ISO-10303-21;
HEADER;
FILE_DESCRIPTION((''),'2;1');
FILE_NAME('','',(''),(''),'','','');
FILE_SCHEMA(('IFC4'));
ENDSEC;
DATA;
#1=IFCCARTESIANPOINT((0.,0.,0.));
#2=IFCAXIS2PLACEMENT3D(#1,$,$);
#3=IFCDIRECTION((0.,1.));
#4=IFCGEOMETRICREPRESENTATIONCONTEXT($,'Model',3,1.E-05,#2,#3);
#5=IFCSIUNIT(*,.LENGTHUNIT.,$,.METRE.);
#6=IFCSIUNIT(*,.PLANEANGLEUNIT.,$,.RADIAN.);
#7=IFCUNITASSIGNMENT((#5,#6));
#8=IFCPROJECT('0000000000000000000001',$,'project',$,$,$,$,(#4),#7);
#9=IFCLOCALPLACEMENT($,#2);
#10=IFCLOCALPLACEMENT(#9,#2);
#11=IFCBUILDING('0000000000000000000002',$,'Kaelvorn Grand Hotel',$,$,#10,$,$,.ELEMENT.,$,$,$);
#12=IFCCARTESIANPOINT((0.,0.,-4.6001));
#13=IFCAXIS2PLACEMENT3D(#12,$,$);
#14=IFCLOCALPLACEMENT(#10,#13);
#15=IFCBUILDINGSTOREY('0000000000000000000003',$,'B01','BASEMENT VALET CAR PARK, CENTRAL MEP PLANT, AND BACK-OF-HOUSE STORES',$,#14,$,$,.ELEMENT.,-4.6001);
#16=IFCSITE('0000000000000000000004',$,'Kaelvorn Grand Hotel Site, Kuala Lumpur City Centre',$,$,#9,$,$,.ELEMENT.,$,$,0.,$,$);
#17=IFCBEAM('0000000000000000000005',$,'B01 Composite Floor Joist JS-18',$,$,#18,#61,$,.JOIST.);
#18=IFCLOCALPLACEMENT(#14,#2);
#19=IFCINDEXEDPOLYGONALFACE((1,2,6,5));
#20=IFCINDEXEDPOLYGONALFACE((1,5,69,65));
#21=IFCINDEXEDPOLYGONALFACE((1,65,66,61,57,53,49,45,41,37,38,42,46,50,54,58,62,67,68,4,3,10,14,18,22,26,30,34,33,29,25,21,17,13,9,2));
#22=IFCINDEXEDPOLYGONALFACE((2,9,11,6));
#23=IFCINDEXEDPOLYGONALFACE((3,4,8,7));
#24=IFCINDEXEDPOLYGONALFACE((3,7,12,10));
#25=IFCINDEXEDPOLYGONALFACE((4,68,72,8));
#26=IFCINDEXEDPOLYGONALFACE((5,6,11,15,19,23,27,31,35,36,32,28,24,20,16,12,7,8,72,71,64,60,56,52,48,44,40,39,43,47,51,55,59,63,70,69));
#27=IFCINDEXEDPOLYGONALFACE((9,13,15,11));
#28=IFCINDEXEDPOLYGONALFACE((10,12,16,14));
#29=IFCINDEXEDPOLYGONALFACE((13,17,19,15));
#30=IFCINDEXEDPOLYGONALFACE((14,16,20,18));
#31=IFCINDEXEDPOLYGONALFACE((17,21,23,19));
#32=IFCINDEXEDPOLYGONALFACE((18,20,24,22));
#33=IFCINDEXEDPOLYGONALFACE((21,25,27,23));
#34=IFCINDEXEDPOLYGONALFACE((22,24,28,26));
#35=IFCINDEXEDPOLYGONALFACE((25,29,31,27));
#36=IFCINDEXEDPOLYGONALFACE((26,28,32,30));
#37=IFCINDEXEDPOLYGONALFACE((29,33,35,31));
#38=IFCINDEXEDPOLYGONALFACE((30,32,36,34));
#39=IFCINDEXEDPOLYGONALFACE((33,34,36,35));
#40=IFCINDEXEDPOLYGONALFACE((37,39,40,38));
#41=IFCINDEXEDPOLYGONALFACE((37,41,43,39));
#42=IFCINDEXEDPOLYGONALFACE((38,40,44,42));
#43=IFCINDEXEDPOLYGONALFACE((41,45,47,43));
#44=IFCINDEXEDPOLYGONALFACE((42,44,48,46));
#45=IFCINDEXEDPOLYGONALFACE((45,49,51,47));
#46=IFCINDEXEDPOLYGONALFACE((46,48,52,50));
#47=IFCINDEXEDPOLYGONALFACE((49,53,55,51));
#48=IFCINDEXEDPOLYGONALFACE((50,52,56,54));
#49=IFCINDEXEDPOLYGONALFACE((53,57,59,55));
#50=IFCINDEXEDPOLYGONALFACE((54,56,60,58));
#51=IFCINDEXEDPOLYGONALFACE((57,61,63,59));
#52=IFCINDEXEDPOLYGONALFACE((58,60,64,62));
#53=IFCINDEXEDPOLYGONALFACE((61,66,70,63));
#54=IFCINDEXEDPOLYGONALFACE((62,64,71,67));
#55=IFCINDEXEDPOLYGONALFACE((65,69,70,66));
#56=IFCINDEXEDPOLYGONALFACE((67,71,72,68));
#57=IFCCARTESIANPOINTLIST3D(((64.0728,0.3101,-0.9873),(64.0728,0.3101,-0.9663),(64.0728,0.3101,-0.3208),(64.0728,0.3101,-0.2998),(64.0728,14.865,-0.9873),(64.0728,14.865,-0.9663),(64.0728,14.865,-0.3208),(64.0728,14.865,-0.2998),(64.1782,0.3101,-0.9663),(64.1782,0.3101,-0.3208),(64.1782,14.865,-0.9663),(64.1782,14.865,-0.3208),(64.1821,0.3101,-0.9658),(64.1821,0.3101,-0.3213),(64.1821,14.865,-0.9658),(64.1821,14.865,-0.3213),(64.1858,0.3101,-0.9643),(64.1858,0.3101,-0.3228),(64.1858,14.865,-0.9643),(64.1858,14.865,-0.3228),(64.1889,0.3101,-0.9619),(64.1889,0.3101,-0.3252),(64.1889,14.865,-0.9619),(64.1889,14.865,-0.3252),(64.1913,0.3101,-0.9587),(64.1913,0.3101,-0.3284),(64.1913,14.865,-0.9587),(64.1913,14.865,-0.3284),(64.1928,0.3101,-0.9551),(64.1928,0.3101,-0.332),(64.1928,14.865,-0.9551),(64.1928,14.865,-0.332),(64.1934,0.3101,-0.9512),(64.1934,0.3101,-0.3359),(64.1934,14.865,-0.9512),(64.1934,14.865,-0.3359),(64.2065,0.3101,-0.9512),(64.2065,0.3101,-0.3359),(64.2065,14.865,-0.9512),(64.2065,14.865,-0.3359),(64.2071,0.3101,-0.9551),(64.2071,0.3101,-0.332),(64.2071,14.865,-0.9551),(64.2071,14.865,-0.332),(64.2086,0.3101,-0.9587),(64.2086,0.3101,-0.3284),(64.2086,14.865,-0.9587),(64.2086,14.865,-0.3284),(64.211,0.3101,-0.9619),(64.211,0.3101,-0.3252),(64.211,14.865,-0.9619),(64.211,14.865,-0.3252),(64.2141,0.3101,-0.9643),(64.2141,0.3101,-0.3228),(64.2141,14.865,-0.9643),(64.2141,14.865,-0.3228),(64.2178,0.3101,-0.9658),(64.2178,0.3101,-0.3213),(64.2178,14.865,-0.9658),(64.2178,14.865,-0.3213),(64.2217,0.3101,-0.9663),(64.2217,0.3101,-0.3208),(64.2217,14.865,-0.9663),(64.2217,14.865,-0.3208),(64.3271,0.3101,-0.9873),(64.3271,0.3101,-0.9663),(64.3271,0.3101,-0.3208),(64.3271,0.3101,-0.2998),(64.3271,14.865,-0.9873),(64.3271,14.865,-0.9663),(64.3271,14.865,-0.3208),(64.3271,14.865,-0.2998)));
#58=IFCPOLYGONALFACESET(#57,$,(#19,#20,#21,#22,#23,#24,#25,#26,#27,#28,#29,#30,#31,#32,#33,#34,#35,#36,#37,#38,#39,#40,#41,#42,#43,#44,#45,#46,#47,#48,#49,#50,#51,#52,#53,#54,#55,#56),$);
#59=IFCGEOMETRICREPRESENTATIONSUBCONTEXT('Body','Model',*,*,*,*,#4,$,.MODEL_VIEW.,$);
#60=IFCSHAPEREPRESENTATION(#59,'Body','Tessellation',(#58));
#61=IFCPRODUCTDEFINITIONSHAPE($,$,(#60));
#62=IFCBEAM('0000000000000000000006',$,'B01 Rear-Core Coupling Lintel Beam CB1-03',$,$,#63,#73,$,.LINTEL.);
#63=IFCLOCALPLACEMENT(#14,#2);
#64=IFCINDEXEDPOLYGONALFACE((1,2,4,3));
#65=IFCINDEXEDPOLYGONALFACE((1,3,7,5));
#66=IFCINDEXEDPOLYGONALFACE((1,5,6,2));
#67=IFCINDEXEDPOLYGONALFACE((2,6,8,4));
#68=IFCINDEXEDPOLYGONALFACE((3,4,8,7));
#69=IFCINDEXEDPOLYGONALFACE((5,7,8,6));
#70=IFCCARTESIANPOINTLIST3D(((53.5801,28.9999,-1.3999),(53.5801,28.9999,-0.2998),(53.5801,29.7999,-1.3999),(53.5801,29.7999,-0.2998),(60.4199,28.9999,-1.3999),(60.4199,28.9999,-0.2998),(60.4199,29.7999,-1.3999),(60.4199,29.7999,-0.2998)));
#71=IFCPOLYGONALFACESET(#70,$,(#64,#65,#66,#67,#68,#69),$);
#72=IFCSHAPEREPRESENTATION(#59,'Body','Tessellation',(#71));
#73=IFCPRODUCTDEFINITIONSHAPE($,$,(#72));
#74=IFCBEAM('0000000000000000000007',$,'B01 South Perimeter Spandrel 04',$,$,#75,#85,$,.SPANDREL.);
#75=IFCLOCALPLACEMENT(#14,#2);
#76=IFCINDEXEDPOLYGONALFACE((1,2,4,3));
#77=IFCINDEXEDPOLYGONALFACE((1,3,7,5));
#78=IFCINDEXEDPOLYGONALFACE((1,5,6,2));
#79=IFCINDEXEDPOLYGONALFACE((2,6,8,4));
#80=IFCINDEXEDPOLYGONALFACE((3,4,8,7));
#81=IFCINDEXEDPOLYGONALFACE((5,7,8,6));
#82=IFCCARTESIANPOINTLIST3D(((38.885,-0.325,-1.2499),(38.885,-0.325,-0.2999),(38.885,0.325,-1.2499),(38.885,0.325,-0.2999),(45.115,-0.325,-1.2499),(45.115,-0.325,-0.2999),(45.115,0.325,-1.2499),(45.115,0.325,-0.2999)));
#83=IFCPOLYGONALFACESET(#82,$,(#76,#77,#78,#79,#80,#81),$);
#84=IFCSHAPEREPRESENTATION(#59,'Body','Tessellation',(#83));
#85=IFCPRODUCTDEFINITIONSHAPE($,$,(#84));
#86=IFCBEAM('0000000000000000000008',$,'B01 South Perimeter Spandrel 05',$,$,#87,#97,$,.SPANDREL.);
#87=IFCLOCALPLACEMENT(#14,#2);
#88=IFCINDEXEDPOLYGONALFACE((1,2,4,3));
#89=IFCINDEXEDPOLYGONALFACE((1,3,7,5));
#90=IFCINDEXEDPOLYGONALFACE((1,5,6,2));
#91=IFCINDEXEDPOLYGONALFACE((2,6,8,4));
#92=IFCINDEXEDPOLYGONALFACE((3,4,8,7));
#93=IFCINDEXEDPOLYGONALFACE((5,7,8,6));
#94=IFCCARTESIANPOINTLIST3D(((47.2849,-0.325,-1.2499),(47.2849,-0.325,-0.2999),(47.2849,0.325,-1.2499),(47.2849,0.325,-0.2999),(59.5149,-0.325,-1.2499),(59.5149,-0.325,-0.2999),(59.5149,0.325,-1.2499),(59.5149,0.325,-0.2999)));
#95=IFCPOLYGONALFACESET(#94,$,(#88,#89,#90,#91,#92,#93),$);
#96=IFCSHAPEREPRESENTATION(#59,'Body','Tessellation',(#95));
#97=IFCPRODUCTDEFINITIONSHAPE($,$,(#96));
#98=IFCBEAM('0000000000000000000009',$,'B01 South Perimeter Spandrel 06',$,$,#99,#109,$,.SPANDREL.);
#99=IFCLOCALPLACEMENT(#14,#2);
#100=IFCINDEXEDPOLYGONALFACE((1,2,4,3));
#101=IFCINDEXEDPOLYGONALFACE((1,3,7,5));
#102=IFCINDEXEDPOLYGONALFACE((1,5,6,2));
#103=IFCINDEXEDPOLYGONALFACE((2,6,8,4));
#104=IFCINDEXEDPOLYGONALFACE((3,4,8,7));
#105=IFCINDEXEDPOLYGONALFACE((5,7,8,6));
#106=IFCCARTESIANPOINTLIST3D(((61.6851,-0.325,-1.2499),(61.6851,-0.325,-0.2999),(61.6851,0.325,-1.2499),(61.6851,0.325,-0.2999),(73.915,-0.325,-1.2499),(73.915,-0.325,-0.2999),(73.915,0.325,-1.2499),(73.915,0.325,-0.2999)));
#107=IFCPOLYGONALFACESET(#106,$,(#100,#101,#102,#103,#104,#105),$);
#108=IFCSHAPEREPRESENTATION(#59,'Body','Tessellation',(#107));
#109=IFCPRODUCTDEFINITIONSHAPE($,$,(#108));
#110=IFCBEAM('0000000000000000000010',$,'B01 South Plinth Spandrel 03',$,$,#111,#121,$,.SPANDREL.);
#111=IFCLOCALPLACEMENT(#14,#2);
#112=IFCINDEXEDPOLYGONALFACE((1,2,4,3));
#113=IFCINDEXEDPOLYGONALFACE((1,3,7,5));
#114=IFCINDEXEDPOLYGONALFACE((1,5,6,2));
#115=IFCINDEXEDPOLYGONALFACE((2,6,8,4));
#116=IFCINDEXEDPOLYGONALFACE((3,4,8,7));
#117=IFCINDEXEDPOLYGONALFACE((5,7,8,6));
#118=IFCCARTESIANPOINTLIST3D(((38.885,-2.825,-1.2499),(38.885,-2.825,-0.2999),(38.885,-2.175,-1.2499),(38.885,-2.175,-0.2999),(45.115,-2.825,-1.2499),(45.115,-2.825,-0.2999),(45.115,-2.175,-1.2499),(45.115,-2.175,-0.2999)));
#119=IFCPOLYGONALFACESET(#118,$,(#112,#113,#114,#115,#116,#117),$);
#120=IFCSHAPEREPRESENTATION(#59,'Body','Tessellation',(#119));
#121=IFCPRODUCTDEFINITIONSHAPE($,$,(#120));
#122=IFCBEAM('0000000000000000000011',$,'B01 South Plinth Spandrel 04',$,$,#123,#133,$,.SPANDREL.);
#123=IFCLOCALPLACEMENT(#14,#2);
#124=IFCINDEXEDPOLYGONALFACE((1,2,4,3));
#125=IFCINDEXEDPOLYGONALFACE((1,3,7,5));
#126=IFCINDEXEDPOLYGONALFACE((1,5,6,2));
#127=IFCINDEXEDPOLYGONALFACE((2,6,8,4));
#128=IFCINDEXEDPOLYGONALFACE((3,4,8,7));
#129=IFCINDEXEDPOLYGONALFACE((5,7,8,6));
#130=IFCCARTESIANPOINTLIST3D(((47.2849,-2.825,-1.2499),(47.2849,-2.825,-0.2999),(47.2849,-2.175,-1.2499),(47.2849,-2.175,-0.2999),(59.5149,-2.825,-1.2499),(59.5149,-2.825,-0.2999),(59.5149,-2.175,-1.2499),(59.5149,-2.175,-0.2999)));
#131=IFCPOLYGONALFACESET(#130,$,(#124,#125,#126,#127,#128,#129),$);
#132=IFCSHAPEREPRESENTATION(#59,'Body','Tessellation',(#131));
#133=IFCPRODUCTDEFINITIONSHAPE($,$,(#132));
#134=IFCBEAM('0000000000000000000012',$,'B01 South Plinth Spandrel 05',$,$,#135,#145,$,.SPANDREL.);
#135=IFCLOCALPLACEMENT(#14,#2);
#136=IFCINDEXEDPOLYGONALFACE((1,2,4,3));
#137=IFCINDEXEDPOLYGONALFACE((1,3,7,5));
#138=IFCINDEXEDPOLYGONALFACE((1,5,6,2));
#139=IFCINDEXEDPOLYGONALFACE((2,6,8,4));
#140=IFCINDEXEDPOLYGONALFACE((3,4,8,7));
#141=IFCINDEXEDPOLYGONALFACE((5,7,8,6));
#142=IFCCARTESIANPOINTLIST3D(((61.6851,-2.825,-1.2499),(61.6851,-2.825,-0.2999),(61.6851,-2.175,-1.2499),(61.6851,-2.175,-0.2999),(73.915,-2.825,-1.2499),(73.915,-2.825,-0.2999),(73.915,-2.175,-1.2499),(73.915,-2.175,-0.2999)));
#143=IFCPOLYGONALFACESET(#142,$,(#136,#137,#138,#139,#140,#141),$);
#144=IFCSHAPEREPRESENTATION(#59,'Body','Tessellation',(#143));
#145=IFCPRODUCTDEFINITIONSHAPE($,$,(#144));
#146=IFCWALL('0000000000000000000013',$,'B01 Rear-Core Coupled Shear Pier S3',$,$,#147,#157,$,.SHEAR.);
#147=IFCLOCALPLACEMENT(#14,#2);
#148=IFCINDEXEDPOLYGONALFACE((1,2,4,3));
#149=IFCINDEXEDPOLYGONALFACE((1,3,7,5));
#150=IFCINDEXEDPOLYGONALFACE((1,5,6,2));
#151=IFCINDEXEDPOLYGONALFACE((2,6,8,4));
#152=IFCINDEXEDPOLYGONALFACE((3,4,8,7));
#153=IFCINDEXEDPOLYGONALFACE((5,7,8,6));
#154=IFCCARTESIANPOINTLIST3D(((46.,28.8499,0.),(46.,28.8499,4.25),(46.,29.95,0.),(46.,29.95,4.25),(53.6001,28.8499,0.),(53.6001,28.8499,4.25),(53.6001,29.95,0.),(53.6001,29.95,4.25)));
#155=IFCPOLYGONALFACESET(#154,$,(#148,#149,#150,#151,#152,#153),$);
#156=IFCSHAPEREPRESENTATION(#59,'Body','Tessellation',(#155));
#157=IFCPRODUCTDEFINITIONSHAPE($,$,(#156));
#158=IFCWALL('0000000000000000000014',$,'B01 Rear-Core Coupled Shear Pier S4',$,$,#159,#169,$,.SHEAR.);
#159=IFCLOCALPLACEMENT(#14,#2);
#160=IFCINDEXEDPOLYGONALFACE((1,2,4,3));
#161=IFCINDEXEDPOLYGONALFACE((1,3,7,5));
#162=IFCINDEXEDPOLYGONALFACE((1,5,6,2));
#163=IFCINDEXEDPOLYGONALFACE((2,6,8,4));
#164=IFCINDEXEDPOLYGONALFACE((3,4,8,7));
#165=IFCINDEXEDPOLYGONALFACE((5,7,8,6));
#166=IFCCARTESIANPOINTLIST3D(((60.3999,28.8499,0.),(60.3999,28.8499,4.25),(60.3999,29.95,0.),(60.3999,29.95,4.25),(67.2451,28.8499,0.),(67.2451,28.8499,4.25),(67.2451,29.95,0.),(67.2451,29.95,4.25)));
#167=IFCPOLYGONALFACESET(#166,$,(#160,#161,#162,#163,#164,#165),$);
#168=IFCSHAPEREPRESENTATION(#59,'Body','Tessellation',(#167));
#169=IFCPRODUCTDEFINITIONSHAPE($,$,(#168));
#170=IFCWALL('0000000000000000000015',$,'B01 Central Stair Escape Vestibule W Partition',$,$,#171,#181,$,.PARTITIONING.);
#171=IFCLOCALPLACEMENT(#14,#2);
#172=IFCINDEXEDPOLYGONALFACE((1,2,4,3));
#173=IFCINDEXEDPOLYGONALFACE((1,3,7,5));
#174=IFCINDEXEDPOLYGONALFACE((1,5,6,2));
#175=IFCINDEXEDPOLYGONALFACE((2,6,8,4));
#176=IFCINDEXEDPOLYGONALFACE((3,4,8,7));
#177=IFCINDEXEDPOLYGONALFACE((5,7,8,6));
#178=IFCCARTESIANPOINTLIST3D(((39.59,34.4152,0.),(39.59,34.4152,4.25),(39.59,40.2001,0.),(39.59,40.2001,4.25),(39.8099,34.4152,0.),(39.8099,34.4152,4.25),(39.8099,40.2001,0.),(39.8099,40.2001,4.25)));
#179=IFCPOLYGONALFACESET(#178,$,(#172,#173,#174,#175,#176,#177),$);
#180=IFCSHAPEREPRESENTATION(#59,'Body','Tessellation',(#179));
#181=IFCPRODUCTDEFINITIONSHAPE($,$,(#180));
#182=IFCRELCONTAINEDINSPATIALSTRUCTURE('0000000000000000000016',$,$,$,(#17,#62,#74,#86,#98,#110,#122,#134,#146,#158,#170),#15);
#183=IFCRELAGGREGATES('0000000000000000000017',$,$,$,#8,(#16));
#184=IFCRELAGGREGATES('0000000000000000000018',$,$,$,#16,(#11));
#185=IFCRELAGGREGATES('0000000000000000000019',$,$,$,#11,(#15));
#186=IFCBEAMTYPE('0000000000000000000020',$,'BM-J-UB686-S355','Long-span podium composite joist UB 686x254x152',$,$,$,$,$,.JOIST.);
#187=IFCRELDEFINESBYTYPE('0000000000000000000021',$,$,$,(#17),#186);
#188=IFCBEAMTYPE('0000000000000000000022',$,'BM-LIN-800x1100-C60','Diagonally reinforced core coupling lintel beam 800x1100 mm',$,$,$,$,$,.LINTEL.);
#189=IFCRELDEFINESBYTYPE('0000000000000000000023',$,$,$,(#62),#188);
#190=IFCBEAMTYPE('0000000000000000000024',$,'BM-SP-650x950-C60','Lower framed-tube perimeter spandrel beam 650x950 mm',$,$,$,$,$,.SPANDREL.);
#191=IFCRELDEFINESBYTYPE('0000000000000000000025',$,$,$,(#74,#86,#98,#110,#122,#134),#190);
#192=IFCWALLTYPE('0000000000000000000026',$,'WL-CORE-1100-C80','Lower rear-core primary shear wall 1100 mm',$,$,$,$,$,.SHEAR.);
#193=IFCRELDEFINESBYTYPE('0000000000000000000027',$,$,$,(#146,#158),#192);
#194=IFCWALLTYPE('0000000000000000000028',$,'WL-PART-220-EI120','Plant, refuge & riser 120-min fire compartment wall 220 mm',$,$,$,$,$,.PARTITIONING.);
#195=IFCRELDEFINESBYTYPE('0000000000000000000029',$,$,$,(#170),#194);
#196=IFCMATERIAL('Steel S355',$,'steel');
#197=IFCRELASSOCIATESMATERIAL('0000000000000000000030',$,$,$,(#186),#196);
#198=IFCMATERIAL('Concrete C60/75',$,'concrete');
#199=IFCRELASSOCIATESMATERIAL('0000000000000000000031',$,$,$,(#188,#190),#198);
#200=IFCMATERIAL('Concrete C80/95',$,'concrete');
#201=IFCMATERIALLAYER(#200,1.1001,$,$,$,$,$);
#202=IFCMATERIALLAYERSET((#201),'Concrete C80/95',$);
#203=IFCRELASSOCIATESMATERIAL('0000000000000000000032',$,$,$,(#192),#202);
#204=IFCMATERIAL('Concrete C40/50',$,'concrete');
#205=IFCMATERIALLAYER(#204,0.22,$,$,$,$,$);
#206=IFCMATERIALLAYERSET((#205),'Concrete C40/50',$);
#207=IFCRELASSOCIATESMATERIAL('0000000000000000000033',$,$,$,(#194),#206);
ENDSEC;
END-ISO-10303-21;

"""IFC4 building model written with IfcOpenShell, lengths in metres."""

from ifc_helpers import new_model, si_unit, direction, frame, frame_2d, origin, origin_2d, place, context, subcontext, project, spatial, rectangle, i_section, extrude, material, layer, layer_set, material_profile, profile_set, type_object, element, save


model = new_model("IFC4")

# Units and contexts
model_context = context("Model", 3, precision=1e-05, world=origin(), true_north=direction((0.0, 1.0)))
body_context = subcontext(model_context, "Body", "Model", "MODEL_VIEW")
ifc_project = project(units=[si_unit("LENGTHUNIT", "METRE"), si_unit("PLANEANGLEUNIT", "RADIAN")], contexts=[model_context])

# Site, building, storey
site_placement = place(None, origin())
site = spatial("IfcSite", under=ifc_project, at=site_placement, Name="Kaelvorn Grand Hotel Site, Kuala Lumpur City Centre", CompositionType="ELEMENT", RefElevation=0.0)
building_placement = place(site_placement, origin())
building = spatial("IfcBuilding", under=site, at=building_placement, Name="Kaelvorn Grand Hotel", CompositionType="ELEMENT")
storey_placement = place(building_placement, frame((0.0, 0.0, -4.6001)))
storey = spatial("IfcBuildingStorey", under=building, at=storey_placement, Name="B01", Description="BASEMENT VALET CAR PARK, CENTRAL MEP PLANT, AND BACK-OF-HOUSE STORES", CompositionType="ELEMENT", Elevation=-4.6001)

# Shared definitions
ifc_material_1 = material(Name="Concrete C80/95", Category="concrete")

# Beams
ifc_material_2 = material(Name="Steel S355", Category="steel")
ifc_material_profile_1 = material_profile(ifc_material_2, i_section(OverallWidth=0.2544, OverallDepth=0.6875, WebThickness=0.0132, FlangeThickness=0.021, FilletRadius=0.0151, at=origin_2d()), Name="UB 686x254x152")
ifc_profile_set_1 = profile_set([ifc_material_profile_1], Name="Steel S355")
beam_type_1 = type_object("IfcBeamType", Name="BM-J-UB686-S355", Description="Long-span podium composite joist UB 686x254x152", PredefinedType="JOIST", material=ifc_profile_set_1)
beam_1_placement = place(storey_placement, frame((64.2, 0.3101, -0.6436), z_axis=(0.0, 1.0, 0.0), x_axis=(-1.0, 0.0, 0.0)))
element("IfcBeam", 1, at=beam_1_placement, inside=storey, type_object=beam_type_1, Name="B01 Composite Floor Joist JS-18", PredefinedType="JOIST", context=body_context, shape_type="SweptSolid", body=[
    extrude(i_section(OverallWidth=0.2544, OverallDepth=0.6875, WebThickness=0.0132, FlangeThickness=0.021, FilletRadius=0.0151, at=origin_2d()), origin(), (0.0, 0.0, 1.0), 14.5549),
])
ifc_material_3 = material(Name="Concrete C60/75", Category="concrete")
ifc_material_profile_2 = material_profile(ifc_material_3, rectangle(XDim=0.8, YDim=1.1001, at=origin_2d()), Name="RC LINTEL 800x1100")
ifc_profile_set_2 = profile_set([ifc_material_profile_2], Name="Concrete C60/75")
beam_type_2 = type_object("IfcBeamType", Name="BM-LIN-800x1100-C60", Description="Diagonally reinforced core coupling lintel beam 800x1100 mm", PredefinedType="LINTEL", material=ifc_profile_set_2)
beam_2_placement = place(storey_placement, frame((53.5801, 29.3999, -0.8499), z_axis=(1.0, 0.0, 0.0), x_axis=(0.0, 1.0, 0.0)))
element("IfcBeam", 2, at=beam_2_placement, inside=storey, type_object=beam_type_2, Name="B01 Rear-Core Coupling Lintel Beam CB1-03", PredefinedType="LINTEL", context=body_context, shape_type="SweptSolid", body=[
    extrude(rectangle(XDim=0.8, YDim=1.1001, at=origin_2d()), origin(), (0.0, 0.0, 1.0), 6.8398),
])
ifc_material_profile_3 = material_profile(ifc_material_3, rectangle(XDim=0.6499, YDim=0.95, at=origin_2d()), Name="RC SPANDREL 650x950")
ifc_profile_set_3 = profile_set([ifc_material_profile_3], Name="Concrete C60/75")
beam_type_3 = type_object("IfcBeamType", Name="BM-SP-650x950-C60", Description="Lower framed-tube perimeter spandrel beam 650x950 mm", PredefinedType="SPANDREL", material=ifc_profile_set_3)
beam_3_placement = place(storey_placement, frame((38.885, 0.0, -0.7749), z_axis=(1.0, 0.0, 0.0), x_axis=(0.0, 1.0, 0.0)))
element("IfcBeam", 3, at=beam_3_placement, inside=storey, type_object=beam_type_3, Name="B01 South Perimeter Spandrel 04", PredefinedType="SPANDREL", context=body_context, shape_type="SweptSolid", body=[
    extrude(rectangle(XDim=0.6499, YDim=0.95, at=origin_2d()), origin(), (0.0, 0.0, 1.0), 6.23),
])
for number, where, z_axis, x_axis, name in (
    (4, (47.2849, 0.0, -0.7749), (1.0, 0.0, 0.0), (0.0, 1.0, 0.0), "B01 South Perimeter Spandrel 05"),
    (5, (61.6851, 0.0, -0.7749), (1.0, 0.0, 0.0), (0.0, 1.0, 0.0), "B01 South Perimeter Spandrel 06"),
):
    element("IfcBeam", number, at=place(storey_placement, frame(where, z_axis=z_axis, x_axis=x_axis)), inside=storey, type_object=beam_type_3, Name=name, PredefinedType="SPANDREL", context=body_context, shape_type="SweptSolid", body=[
        extrude(rectangle(XDim=0.6499, YDim=0.95, at=origin_2d()), origin(), (0.0, 0.0, 1.0), 12.23),
    ])
beam_4_placement = place(storey_placement, frame((38.885, -2.5, -0.7749), z_axis=(1.0, 0.0, 0.0), x_axis=(0.0, 1.0, 0.0)))
element("IfcBeam", 6, at=beam_4_placement, inside=storey, type_object=beam_type_3, Name="B01 South Plinth Spandrel 03", PredefinedType="SPANDREL", context=body_context, shape_type="SweptSolid", body=[
    extrude(rectangle(XDim=0.6499, YDim=0.95, at=origin_2d()), origin(), (0.0, 0.0, 1.0), 6.23),
])
for number, where, z_axis, x_axis, name in (
    (7, (47.2849, -2.5, -0.7749), (1.0, 0.0, 0.0), (0.0, 1.0, 0.0), "B01 South Plinth Spandrel 04"),
    (8, (61.6851, -2.5, -0.7749), (1.0, 0.0, 0.0), (0.0, 1.0, 0.0), "B01 South Plinth Spandrel 05"),
):
    element("IfcBeam", number, at=place(storey_placement, frame(where, z_axis=z_axis, x_axis=x_axis)), inside=storey, type_object=beam_type_3, Name=name, PredefinedType="SPANDREL", context=body_context, shape_type="SweptSolid", body=[
        extrude(rectangle(XDim=0.6499, YDim=0.95, at=origin_2d()), origin(), (0.0, 0.0, 1.0), 12.23),
    ])

# Walls
ifc_layer_1 = layer(ifc_material_1, 1.1001)
ifc_layer_set_1 = layer_set([ifc_layer_1], Name="Concrete C80/95")
wall_type_1 = type_object("IfcWallType", Name="WL-CORE-1100-C80", Description="Lower rear-core primary shear wall 1100 mm", PredefinedType="SHEAR", material=ifc_layer_set_1)
wall_1_placement = place(storey_placement, frame((46.0, 29.3999, 0.0), z_axis=(0.0, 0.0, 1.0), x_axis=(1.0, 0.0, 0.0)))
element("IfcWall", 9, at=wall_1_placement, inside=storey, type_object=wall_type_1, Name="B01 Rear-Core Coupled Shear Pier S3", PredefinedType="SHEAR", context=body_context, shape_type="SweptSolid", body=[
    extrude(rectangle(XDim=7.6001, YDim=1.1001, at=frame_2d((3.8, 0.0))), origin(), (0.0, 0.0, 1.0), 4.25),
])
wall_2_placement = place(storey_placement, frame((60.3999, 29.3999, 0.0), z_axis=(0.0, 0.0, 1.0), x_axis=(1.0, 0.0, 0.0)))
element("IfcWall", 10, at=wall_2_placement, inside=storey, type_object=wall_type_1, Name="B01 Rear-Core Coupled Shear Pier S4", PredefinedType="SHEAR", context=body_context, shape_type="SweptSolid", body=[
    extrude(rectangle(XDim=6.8452, YDim=1.1001, at=frame_2d((3.4226, 0.0))), origin(), (0.0, 0.0, 1.0), 4.25),
])

# Shared definitions
ifc_material_4 = material(Name="Concrete C40/50", Category="concrete")
ifc_layer_2 = layer(ifc_material_4, 0.22)
ifc_layer_set_2 = layer_set([ifc_layer_2], Name="Concrete C40/50")
wall_type_2 = type_object("IfcWallType", Name="WL-PART-220-EI120", Description="Plant, refuge & riser 120-min fire compartment wall 220 mm", PredefinedType="PARTITIONING", material=ifc_layer_set_2)

# Wall
wall_3_placement = place(storey_placement, frame((39.7, 34.415, 0.0), z_axis=(0.0, 0.0, 1.0), x_axis=(0.0, 1.0, 0.0)))
element("IfcWall", 11, at=wall_3_placement, inside=storey, type_object=wall_type_2, Name="B01 Central Stair Escape Vestibule W Partition", PredefinedType="PARTITIONING", context=body_context, shape_type="SweptSolid", body=[
    extrude(rectangle(XDim=5.7849, YDim=0.22, at=frame_2d((2.8926, 0.0))), origin(), (0.0, 0.0, 1.0), 4.25),
])

save(model, "model.ifc")
